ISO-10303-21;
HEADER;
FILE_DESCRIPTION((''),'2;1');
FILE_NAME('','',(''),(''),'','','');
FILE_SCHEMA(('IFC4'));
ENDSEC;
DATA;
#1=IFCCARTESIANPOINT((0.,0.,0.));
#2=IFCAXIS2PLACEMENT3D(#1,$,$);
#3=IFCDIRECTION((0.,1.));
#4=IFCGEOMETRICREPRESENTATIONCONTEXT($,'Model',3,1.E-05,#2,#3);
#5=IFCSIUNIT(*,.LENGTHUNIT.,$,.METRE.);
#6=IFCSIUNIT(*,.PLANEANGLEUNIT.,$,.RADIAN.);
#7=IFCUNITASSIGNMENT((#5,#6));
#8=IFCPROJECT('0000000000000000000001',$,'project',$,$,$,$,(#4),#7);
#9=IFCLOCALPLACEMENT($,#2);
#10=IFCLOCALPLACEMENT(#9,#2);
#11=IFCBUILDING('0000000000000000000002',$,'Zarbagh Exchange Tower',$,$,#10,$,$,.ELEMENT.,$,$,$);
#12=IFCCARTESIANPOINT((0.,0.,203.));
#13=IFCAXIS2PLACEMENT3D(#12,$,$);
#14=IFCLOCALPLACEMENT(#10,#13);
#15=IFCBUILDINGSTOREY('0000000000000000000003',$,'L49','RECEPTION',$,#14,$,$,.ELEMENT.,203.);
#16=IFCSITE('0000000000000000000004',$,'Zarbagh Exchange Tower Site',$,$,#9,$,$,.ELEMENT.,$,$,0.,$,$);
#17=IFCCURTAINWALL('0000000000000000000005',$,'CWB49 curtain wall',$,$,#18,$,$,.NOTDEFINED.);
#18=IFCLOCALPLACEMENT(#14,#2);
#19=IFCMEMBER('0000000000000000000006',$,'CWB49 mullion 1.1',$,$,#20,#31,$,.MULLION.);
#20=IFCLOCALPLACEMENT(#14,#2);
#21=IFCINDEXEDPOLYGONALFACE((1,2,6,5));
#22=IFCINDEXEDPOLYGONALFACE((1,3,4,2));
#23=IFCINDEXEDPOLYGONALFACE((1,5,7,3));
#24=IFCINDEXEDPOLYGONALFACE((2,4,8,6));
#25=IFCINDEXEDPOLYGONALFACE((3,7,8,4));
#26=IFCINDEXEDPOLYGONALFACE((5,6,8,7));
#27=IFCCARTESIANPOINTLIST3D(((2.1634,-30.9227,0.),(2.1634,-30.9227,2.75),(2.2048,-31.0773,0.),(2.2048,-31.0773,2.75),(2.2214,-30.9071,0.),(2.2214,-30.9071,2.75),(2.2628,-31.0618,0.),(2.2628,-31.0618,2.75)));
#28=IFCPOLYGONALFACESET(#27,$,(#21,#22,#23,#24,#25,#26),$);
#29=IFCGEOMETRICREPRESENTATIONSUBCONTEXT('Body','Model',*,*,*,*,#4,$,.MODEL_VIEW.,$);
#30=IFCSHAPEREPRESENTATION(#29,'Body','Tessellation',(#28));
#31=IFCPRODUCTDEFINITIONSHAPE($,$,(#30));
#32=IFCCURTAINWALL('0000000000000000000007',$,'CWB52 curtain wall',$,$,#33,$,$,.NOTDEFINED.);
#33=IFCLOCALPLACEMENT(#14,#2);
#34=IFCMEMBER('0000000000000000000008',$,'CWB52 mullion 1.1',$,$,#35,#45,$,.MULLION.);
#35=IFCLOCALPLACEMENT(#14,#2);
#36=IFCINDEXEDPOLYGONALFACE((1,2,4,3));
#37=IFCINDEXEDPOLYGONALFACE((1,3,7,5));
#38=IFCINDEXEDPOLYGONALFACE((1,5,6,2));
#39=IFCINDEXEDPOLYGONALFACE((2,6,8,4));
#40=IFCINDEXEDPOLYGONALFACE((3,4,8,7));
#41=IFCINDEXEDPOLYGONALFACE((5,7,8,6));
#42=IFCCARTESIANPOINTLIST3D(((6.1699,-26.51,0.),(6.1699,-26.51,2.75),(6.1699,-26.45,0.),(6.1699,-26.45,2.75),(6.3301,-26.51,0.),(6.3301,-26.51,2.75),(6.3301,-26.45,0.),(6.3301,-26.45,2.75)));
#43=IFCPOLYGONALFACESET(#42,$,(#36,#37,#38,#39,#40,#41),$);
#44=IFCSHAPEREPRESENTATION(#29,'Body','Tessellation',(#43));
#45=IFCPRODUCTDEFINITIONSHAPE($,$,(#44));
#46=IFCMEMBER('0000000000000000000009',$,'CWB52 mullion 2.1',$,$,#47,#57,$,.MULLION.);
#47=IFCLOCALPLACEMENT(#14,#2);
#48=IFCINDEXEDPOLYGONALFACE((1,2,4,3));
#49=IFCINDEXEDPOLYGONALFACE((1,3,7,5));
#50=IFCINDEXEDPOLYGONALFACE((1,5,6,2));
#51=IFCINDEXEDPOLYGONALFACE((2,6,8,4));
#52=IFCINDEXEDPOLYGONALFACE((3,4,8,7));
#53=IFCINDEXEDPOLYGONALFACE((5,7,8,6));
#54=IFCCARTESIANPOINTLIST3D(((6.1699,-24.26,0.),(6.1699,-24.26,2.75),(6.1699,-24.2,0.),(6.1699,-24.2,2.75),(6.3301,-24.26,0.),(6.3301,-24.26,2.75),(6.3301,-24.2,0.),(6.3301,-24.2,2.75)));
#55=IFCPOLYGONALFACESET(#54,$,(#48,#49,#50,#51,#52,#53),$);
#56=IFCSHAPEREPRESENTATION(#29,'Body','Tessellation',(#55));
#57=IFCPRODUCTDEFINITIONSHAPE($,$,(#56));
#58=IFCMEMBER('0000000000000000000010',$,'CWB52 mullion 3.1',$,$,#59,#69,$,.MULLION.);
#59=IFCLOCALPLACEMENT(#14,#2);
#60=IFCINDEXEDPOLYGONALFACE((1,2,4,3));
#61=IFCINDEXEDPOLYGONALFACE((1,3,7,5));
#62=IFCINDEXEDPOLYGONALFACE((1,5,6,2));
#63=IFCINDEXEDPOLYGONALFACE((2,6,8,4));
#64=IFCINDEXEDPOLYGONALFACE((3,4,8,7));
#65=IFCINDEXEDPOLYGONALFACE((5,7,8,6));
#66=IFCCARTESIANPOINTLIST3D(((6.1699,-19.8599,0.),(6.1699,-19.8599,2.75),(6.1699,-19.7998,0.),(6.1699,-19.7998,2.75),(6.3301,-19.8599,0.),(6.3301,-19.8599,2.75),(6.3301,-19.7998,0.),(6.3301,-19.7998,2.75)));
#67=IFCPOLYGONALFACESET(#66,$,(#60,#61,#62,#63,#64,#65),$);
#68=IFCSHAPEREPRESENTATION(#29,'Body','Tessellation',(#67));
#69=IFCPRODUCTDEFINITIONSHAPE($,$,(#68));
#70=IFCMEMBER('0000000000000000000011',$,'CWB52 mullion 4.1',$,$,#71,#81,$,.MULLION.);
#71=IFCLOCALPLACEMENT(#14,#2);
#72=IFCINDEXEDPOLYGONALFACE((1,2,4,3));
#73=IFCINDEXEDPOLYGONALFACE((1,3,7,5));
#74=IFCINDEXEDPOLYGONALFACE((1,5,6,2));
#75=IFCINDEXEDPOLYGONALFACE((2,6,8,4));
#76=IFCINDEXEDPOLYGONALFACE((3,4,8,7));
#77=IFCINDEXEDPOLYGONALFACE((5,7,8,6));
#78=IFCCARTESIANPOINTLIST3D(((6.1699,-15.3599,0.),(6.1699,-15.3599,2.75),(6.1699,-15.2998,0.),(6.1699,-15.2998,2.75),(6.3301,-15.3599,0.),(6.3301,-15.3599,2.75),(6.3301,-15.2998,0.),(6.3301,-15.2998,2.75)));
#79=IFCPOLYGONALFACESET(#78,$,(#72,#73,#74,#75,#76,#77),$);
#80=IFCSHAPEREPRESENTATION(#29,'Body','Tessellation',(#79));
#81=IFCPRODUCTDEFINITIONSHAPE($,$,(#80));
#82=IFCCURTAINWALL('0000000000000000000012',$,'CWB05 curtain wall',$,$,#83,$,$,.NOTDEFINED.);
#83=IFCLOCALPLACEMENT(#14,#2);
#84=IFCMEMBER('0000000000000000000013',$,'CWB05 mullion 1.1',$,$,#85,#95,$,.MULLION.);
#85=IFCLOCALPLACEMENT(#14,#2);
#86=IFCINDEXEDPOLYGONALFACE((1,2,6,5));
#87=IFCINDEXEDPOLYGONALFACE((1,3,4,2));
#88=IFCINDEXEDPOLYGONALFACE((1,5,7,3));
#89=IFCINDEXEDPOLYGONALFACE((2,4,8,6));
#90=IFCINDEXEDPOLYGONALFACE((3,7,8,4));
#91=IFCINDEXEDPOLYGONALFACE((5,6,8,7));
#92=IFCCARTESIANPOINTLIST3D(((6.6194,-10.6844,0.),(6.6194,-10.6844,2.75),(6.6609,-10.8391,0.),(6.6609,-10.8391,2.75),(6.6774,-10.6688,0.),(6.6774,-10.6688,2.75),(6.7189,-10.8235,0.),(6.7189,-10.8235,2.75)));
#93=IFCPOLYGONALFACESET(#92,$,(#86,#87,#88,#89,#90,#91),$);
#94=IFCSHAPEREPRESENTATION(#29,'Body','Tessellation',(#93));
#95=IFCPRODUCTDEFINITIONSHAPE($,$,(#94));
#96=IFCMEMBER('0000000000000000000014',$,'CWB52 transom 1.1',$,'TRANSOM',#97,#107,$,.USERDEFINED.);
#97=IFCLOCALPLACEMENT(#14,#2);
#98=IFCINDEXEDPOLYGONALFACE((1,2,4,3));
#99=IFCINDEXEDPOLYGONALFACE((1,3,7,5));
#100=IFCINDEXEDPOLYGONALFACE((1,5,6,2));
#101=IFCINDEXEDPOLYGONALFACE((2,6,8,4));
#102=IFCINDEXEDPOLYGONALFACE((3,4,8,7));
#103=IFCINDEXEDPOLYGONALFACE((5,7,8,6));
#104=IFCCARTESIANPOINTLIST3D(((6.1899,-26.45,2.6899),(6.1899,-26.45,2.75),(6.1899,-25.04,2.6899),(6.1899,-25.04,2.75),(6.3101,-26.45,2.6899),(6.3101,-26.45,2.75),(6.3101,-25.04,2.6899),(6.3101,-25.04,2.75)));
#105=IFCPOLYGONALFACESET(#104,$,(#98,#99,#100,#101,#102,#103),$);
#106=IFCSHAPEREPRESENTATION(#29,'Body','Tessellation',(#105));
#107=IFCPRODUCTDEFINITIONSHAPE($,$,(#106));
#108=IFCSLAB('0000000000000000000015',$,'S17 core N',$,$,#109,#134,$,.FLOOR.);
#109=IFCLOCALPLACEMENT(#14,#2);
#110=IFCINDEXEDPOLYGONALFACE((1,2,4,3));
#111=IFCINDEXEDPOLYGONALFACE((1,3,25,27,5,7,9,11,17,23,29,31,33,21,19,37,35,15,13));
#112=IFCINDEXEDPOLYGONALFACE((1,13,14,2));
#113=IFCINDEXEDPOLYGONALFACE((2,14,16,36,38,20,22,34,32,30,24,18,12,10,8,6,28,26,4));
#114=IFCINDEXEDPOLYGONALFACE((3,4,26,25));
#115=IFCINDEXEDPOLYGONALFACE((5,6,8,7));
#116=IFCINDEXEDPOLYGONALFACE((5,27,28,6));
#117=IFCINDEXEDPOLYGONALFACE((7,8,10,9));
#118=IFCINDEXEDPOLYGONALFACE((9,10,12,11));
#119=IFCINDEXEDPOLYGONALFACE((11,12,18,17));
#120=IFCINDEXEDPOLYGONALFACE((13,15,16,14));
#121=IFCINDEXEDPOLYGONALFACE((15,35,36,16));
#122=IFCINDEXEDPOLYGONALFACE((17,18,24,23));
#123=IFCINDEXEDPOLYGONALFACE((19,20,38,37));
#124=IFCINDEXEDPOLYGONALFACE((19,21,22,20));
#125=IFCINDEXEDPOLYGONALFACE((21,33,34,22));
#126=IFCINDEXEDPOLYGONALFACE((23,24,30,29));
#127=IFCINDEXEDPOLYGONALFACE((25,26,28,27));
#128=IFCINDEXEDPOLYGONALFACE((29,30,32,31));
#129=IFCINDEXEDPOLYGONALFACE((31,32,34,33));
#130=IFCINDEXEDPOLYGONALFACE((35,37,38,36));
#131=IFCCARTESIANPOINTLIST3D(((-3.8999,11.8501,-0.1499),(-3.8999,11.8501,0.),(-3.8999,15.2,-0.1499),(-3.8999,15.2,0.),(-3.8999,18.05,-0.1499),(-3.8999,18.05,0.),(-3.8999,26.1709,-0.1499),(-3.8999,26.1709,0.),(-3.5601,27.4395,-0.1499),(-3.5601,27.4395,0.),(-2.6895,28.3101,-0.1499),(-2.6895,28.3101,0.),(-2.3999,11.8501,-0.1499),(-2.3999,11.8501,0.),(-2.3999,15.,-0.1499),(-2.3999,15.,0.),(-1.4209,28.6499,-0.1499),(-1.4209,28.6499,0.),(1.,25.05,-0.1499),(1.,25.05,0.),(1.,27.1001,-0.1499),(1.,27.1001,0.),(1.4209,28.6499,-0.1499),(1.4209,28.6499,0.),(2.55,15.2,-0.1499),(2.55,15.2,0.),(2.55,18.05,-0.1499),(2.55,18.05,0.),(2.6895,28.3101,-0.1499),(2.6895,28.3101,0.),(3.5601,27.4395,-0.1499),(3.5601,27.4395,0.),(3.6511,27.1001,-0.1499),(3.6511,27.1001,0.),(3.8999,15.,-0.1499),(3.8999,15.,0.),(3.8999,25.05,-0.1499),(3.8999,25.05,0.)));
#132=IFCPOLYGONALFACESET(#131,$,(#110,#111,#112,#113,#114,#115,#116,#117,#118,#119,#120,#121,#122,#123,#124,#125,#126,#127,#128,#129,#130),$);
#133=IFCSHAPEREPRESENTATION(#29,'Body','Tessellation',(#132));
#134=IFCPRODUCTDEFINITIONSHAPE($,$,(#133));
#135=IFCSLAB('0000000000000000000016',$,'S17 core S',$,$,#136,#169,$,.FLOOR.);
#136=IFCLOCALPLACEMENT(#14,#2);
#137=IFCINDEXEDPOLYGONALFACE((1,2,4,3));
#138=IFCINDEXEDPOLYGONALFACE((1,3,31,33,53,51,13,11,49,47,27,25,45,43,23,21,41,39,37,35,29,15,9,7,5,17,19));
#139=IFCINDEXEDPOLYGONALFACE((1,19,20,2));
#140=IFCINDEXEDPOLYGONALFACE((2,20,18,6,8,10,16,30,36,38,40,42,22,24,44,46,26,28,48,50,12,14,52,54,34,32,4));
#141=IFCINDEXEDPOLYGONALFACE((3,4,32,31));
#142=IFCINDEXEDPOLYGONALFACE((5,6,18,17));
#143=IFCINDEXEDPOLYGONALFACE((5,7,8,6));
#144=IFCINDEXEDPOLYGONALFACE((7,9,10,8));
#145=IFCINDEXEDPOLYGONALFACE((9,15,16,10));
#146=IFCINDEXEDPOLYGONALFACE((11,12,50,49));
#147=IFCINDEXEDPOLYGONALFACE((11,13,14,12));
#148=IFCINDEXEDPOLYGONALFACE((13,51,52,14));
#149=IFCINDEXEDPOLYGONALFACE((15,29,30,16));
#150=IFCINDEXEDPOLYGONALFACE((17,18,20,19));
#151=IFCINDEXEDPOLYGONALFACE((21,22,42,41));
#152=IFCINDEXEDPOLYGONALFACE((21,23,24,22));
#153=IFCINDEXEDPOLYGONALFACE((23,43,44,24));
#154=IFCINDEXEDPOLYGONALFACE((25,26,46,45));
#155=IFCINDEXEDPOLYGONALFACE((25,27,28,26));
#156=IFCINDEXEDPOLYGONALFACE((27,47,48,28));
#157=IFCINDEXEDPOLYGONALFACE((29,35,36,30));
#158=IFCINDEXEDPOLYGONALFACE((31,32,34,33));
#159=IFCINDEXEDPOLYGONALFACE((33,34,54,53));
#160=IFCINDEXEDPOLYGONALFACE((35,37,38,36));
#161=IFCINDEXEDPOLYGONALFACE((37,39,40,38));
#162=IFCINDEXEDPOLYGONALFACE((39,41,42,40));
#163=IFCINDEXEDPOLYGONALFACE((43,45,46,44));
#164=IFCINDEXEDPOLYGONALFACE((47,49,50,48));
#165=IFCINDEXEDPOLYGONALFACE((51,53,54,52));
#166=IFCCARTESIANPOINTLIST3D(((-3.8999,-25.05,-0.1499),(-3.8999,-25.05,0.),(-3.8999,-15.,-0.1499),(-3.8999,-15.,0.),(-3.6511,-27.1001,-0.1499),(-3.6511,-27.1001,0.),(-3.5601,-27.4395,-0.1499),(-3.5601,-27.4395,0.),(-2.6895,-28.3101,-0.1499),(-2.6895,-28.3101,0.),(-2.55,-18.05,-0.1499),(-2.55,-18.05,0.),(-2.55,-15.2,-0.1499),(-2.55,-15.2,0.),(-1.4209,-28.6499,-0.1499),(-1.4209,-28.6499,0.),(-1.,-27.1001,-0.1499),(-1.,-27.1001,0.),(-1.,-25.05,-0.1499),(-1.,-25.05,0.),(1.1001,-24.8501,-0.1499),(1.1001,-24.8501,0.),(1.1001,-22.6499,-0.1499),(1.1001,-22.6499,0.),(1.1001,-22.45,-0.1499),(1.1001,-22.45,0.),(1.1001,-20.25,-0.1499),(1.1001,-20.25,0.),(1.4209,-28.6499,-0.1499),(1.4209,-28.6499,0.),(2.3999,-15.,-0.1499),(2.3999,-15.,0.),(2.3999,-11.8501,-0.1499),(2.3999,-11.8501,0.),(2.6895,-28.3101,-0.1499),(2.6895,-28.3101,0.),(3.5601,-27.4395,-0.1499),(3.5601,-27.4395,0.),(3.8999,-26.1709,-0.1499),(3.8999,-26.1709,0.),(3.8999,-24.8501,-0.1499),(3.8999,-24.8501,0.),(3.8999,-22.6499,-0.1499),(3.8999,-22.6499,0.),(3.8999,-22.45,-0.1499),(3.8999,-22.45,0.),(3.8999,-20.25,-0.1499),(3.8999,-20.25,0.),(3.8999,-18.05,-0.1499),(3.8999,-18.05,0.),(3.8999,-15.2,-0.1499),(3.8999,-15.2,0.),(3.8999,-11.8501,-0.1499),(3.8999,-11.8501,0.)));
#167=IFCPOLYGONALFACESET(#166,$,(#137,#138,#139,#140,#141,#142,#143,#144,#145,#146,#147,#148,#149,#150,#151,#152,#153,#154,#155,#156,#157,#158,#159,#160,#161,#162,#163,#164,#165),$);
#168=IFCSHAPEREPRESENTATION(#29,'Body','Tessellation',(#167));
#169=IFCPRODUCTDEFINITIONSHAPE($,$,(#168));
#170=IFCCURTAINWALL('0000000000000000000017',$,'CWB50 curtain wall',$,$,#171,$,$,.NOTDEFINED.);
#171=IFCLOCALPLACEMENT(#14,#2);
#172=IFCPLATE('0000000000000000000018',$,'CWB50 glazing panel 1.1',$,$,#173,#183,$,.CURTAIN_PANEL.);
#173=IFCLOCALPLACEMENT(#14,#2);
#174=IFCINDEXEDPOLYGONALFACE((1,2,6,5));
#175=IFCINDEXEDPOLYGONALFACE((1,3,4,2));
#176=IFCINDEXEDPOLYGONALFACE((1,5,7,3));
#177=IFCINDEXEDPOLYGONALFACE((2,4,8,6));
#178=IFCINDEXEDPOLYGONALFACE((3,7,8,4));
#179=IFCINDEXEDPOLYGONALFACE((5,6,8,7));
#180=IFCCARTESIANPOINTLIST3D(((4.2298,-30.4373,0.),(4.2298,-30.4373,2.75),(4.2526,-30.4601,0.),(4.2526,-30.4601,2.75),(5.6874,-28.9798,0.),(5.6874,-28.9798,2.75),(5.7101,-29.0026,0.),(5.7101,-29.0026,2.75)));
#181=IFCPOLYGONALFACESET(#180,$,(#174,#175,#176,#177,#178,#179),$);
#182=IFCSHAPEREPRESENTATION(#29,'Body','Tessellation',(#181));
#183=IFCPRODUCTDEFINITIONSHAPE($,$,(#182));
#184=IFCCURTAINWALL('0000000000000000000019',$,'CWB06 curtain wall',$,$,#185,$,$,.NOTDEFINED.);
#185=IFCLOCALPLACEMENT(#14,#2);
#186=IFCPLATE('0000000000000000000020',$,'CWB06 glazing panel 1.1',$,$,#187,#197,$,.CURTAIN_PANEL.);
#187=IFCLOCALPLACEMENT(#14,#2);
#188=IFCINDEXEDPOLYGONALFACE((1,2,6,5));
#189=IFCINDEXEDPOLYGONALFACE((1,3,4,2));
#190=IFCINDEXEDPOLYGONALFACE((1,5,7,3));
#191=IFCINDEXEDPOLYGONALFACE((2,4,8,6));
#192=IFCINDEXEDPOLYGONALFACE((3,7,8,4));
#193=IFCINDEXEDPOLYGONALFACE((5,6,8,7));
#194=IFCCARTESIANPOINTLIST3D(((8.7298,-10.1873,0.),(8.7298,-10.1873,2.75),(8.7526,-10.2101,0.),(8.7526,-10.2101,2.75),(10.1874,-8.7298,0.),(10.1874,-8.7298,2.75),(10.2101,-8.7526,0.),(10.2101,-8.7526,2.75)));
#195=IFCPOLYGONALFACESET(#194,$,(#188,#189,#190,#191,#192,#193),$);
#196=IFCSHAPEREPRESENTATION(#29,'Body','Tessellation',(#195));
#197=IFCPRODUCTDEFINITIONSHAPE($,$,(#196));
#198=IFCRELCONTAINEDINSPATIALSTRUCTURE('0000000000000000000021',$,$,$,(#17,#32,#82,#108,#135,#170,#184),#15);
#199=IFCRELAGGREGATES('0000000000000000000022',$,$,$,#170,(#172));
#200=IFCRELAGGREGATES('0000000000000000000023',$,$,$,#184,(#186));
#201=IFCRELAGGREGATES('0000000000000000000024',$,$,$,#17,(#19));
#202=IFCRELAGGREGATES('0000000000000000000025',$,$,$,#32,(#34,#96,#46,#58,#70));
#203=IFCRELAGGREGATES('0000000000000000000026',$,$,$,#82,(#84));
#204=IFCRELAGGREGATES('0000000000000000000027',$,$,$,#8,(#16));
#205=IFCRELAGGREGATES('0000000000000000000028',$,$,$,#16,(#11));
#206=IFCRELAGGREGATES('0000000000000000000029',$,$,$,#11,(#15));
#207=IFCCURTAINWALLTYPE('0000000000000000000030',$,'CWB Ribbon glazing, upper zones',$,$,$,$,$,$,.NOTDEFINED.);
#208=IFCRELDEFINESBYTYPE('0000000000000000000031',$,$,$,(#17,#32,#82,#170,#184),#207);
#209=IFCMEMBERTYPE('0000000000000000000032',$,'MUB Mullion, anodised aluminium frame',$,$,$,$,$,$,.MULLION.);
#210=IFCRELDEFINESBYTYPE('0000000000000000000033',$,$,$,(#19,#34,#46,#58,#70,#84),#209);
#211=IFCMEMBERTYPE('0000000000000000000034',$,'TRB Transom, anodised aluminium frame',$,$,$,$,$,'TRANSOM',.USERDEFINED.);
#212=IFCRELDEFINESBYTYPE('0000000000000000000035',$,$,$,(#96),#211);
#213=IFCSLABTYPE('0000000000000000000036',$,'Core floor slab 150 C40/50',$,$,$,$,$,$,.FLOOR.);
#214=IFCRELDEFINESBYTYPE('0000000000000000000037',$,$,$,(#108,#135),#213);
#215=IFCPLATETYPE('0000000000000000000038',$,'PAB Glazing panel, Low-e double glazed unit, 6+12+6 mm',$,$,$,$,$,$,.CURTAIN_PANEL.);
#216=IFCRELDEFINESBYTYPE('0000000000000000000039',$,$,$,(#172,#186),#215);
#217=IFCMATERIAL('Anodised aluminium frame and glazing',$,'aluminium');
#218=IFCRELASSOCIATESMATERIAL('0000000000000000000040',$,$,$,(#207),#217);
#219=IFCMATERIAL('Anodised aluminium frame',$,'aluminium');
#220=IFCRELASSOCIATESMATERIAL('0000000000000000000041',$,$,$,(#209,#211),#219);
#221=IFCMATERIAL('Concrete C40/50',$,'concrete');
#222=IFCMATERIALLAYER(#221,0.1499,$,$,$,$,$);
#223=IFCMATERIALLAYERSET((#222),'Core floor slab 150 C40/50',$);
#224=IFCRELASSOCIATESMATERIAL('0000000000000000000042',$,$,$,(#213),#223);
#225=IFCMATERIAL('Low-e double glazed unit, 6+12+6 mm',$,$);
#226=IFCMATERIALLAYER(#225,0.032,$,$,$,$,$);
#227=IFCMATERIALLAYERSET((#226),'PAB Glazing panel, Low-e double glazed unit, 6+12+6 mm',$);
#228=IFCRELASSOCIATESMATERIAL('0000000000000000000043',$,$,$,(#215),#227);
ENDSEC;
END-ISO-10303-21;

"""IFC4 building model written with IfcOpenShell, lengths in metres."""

from ifc_helpers import new_model, si_unit, direction, frame, origin, place, context, subcontext, project, spatial, polyline, outline, extrude, source, transform, mapped, material, layer, layer_set, type_object, element, aggregate, save


model = new_model("IFC4")

# Units and contexts
model_context = context("Model", 3, precision=1e-05, world=origin(), true_north=direction((0.0, 1.0)))
body_context = subcontext(model_context, "Body", "Model", "MODEL_VIEW")
ifc_project = project(units=[si_unit("LENGTHUNIT", "METRE"), si_unit("PLANEANGLEUNIT", "RADIAN")], contexts=[model_context])

# Site, building, storey
site_placement = place(None, origin())
site = spatial("IfcSite", under=ifc_project, at=site_placement, Name="Zarbagh Exchange Tower Site", CompositionType="ELEMENT", RefElevation=0.0)
building_placement = place(site_placement, origin())
building = spatial("IfcBuilding", under=site, at=building_placement, Name="Zarbagh Exchange Tower", CompositionType="ELEMENT")
storey_placement = place(building_placement, frame((0.0, 0.0, 203.0)))
storey = spatial("IfcBuildingStorey", under=building, at=storey_placement, Name="L49", Description="RECEPTION", CompositionType="ELEMENT", Elevation=203.0)

# Curtain wall, member
ifc_material_1 = material(Name="Anodised aluminium frame and glazing", Category="aluminium")
curtain_wall_type = type_object("IfcCurtainWallType", Name="CWB Ribbon glazing, upper zones", PredefinedType="NOTDEFINED", material=ifc_material_1)
curtain_wall_1_placement = place(storey_placement, origin())
curtain_wall_1 = element("IfcCurtainWall", 1, at=curtain_wall_1_placement, inside=storey, type_object=curtain_wall_type, Name="CWB49 curtain wall", PredefinedType="NOTDEFINED")
ifc_material_2 = material(Name="Anodised aluminium frame", Category="aluminium")
member_type_1 = type_object("IfcMemberType", Name="MUB Mullion, anodised aluminium frame", PredefinedType="MULLION", material=ifc_material_2)
shared_shape_1 = source(origin(), body_context, "Body", "SweptSolid", [
    extrude(outline(polyline([(0.0, -0.0801), (0.0601, -0.0801), (0.0601, 0.0801), (0.0, 0.0801), (0.0, -0.0801)])), origin(), (0.0, 0.0, 1.0), 2.75),
])
placement = place(storey_placement, origin())
member_1 = element("IfcMember", 2, at=placement, type_object=member_type_1, Name="CWB49 mullion 1.1", PredefinedType="MULLION", context=body_context, shape_type="MappedRepresentation", body=[
    mapped(shared_shape_1, transform((2.1841, -31.0, 0.0), x_axis=(0.965924, 0.258825, 0.0), y_axis=(-0.258825, 0.965924, 0.0), z_axis=(0.0, 0.0, 1.0))),
])

# Curtain wall, members
curtain_wall_2_placement = place(storey_placement, origin())
curtain_wall_2 = element("IfcCurtainWall", 3, at=curtain_wall_2_placement, inside=storey, type_object=curtain_wall_type, Name="CWB52 curtain wall", PredefinedType="NOTDEFINED")
member_2 = element("IfcMember", 4, at=placement, type_object=member_type_1, Name="CWB52 mullion 1.1", PredefinedType="MULLION", context=body_context, shape_type="MappedRepresentation", body=[
    mapped(shared_shape_1, transform((6.25, -26.51, 0.0), x_axis=(0.0, 1.0, 0.0), y_axis=(-1.0, 0.0, 0.0), z_axis=(0.0, 0.0, 1.0))),
])
member_3 = element("IfcMember", 5, at=placement, type_object=member_type_1, Name="CWB52 mullion 2.1", PredefinedType="MULLION", context=body_context, shape_type="MappedRepresentation", body=[
    mapped(shared_shape_1, transform((6.25, -24.26, 0.0), x_axis=(0.0, 1.0, 0.0), y_axis=(-1.0, 0.0, 0.0), z_axis=(0.0, 0.0, 1.0))),
])
member_4 = element("IfcMember", 6, at=placement, type_object=member_type_1, Name="CWB52 mullion 3.1", PredefinedType="MULLION", context=body_context, shape_type="MappedRepresentation", body=[
    mapped(shared_shape_1, transform((6.25, -19.8599, 0.0), x_axis=(0.0, 1.0, 0.0), y_axis=(-1.0, 0.0, 0.0), z_axis=(0.0, 0.0, 1.0))),
])
member_5 = element("IfcMember", 7, at=placement, type_object=member_type_1, Name="CWB52 mullion 4.1", PredefinedType="MULLION", context=body_context, shape_type="MappedRepresentation", body=[
    mapped(shared_shape_1, transform((6.25, -15.3599, 0.0), x_axis=(0.0, 1.0, 0.0), y_axis=(-1.0, 0.0, 0.0), z_axis=(0.0, 0.0, 1.0))),
])

# Curtain wall, member
curtain_wall_3_placement = place(storey_placement, origin())
curtain_wall_3 = element("IfcCurtainWall", 8, at=curtain_wall_3_placement, inside=storey, type_object=curtain_wall_type, Name="CWB05 curtain wall", PredefinedType="NOTDEFINED")
member_6 = element("IfcMember", 9, at=placement, type_object=member_type_1, Name="CWB05 mullion 1.1", PredefinedType="MULLION", context=body_context, shape_type="MappedRepresentation", body=[
    mapped(shared_shape_1, transform((6.6401, -10.7617, 0.0), x_axis=(0.965924, 0.258825, 0.0), y_axis=(-0.258825, 0.965924, 0.0), z_axis=(0.0, 0.0, 1.0))),
])

# Member
member_type_2 = type_object("IfcMemberType", Name="TRB Transom, anodised aluminium frame", ElementType="TRANSOM", PredefinedType="USERDEFINED", material=ifc_material_2)
shared_shape_2 = source(origin(), body_context, "Body", "SweptSolid", [
    extrude(outline(polyline([(-0.0601, -0.0601), (0.0, -0.0601), (0.0, 0.0601), (-0.0601, 0.0601), (-0.0601, -0.0601)])), origin(), (0.0, 0.0, 1.0), 1.4099),
])
member_7 = element("IfcMember", 10, at=placement, type_object=member_type_2, Name="CWB52 transom 1.1", ObjectType="TRANSOM", PredefinedType="USERDEFINED", context=body_context, shape_type="MappedRepresentation", body=[
    mapped(shared_shape_2, transform((6.25, -26.45, 2.75), x_axis=(0.0, 0.0, 1.0), y_axis=(1.0, 0.0, 0.0), z_axis=(0.0, 1.0, 0.0))),
])

# Slabs
ifc_material_3 = material(Name="Concrete C40/50", Category="concrete")
ifc_layer_1 = layer(ifc_material_3, 0.1499)
ifc_layer_set_1 = layer_set([ifc_layer_1], Name="Core floor slab 150 C40/50")
slab_type = type_object("IfcSlabType", Name="Core floor slab 150 C40/50", PredefinedType="FLOOR", material=ifc_layer_set_1)
slab_1_placement = place(storey_placement, frame((0.0, 0.0, -0.1499)))
element("IfcSlab", 11, at=slab_1_placement, inside=storey, type_object=slab_type, Name="S17 core N", PredefinedType="FLOOR", context=body_context, shape_type="SweptSolid", body=[
    extrude(outline(polyline([(-3.8999, 11.8501), (-3.8999, 15.2), (2.55, 15.2), (2.55, 18.05), (-3.8999, 18.05), (-3.8999, 26.1709), (-3.5601, 27.4395), (-2.6895, 28.3101), (-1.4209, 28.6499), (1.4209, 28.6499), (2.6895, 28.3101), (3.5601, 27.4395), (3.6511, 27.1001), (1.0, 27.1001), (1.0, 25.05), (3.8999, 25.05), (3.8999, 15.0), (-2.3999, 15.0), (-2.3999, 11.8501), (-3.8999, 11.8501)])), origin(), (0.0, 0.0, 1.0), 0.1499),
])
slab_2_placement = place(storey_placement, frame((0.0, 0.0, -0.1499)))
element("IfcSlab", 12, at=slab_2_placement, inside=storey, type_object=slab_type, Name="S17 core S", PredefinedType="FLOOR", context=body_context, shape_type="SweptSolid", body=[
    extrude(outline(polyline([(-2.6895, -28.3101), (-3.5601, -27.4395), (-3.6511, -27.1001), (-1.0, -27.1001), (-1.0, -25.05), (-3.8999, -25.05), (-3.8999, -15.0), (2.3999, -15.0), (2.3999, -11.8501), (3.8999, -11.8501), (3.8999, -15.2), (-2.55, -15.2), (-2.55, -18.05), (3.8999, -18.05), (3.8999, -20.25), (1.1001, -20.25), (1.1001, -22.45), (3.8999, -22.45), (3.8999, -22.6499), (1.1001, -22.6499), (1.1001, -24.8501), (3.8999, -24.8501), (3.8999, -26.1709), (3.5601, -27.4395), (2.6895, -28.3101), (1.4209, -28.6499), (-1.4209, -28.6499), (-2.6895, -28.3101)])), origin(), (0.0, 0.0, 1.0), 0.1499),
])

# Curtain walls, plates
curtain_wall_4_placement = place(storey_placement, origin())
curtain_wall_4 = element("IfcCurtainWall", 13, at=curtain_wall_4_placement, inside=storey, type_object=curtain_wall_type, Name="CWB50 curtain wall", PredefinedType="NOTDEFINED")
ifc_material_4 = material(Name="Low-e double glazed unit, 6+12+6 mm")
ifc_layer_2 = layer(ifc_material_4, 0.032)
ifc_layer_set_2 = layer_set([ifc_layer_2], Name="PAB Glazing panel, Low-e double glazed unit, 6+12+6 mm")
plate_type = type_object("IfcPlateType", Name="PAB Glazing panel, Low-e double glazed unit, 6+12+6 mm", PredefinedType="CURTAIN_PANEL", material=ifc_layer_set_2)
shared_shape_3 = source(origin(), body_context, "Body", "SweptSolid", [
    extrude(outline(polyline([(0.0, -0.0161), (2.0613, -0.0161), (2.0613, 0.0161), (0.0, 0.0161), (0.0, -0.0161)])), origin(), (0.0, 0.0, 1.0), 2.75),
])
plate_1 = element("IfcPlate", 14, at=placement, type_object=plate_type, Name="CWB50 glazing panel 1.1", PredefinedType="CURTAIN_PANEL", context=body_context, shape_type="MappedRepresentation", body=[
    mapped(shared_shape_3, transform((4.2412, -30.4487, 0.0), x_axis=(0.707107, 0.707107, 0.0), y_axis=(-0.707107, 0.707107, 0.0), z_axis=(0.0, 0.0, 1.0))),
])
aggregate(curtain_wall_4, [plate_1])
curtain_wall_5_placement = place(storey_placement, origin())
curtain_wall_5 = element("IfcCurtainWall", 15, at=curtain_wall_5_placement, inside=storey, type_object=curtain_wall_type, Name="CWB06 curtain wall", PredefinedType="NOTDEFINED")
plate_2 = element("IfcPlate", 16, at=placement, type_object=plate_type, Name="CWB06 glazing panel 1.1", PredefinedType="CURTAIN_PANEL", context=body_context, shape_type="MappedRepresentation", body=[
    mapped(shared_shape_3, transform((8.7412, -10.1987, 0.0), x_axis=(0.707107, 0.707107, 0.0), y_axis=(-0.707107, 0.707107, 0.0), z_axis=(0.0, 0.0, 1.0))),
])
aggregate(curtain_wall_5, [plate_2])

aggregate(curtain_wall_1, [member_1])

aggregate(curtain_wall_2, [member_2, member_7, member_3, member_4, member_5])
aggregate(curtain_wall_3, [member_6])

save(model, "model.ifc")
